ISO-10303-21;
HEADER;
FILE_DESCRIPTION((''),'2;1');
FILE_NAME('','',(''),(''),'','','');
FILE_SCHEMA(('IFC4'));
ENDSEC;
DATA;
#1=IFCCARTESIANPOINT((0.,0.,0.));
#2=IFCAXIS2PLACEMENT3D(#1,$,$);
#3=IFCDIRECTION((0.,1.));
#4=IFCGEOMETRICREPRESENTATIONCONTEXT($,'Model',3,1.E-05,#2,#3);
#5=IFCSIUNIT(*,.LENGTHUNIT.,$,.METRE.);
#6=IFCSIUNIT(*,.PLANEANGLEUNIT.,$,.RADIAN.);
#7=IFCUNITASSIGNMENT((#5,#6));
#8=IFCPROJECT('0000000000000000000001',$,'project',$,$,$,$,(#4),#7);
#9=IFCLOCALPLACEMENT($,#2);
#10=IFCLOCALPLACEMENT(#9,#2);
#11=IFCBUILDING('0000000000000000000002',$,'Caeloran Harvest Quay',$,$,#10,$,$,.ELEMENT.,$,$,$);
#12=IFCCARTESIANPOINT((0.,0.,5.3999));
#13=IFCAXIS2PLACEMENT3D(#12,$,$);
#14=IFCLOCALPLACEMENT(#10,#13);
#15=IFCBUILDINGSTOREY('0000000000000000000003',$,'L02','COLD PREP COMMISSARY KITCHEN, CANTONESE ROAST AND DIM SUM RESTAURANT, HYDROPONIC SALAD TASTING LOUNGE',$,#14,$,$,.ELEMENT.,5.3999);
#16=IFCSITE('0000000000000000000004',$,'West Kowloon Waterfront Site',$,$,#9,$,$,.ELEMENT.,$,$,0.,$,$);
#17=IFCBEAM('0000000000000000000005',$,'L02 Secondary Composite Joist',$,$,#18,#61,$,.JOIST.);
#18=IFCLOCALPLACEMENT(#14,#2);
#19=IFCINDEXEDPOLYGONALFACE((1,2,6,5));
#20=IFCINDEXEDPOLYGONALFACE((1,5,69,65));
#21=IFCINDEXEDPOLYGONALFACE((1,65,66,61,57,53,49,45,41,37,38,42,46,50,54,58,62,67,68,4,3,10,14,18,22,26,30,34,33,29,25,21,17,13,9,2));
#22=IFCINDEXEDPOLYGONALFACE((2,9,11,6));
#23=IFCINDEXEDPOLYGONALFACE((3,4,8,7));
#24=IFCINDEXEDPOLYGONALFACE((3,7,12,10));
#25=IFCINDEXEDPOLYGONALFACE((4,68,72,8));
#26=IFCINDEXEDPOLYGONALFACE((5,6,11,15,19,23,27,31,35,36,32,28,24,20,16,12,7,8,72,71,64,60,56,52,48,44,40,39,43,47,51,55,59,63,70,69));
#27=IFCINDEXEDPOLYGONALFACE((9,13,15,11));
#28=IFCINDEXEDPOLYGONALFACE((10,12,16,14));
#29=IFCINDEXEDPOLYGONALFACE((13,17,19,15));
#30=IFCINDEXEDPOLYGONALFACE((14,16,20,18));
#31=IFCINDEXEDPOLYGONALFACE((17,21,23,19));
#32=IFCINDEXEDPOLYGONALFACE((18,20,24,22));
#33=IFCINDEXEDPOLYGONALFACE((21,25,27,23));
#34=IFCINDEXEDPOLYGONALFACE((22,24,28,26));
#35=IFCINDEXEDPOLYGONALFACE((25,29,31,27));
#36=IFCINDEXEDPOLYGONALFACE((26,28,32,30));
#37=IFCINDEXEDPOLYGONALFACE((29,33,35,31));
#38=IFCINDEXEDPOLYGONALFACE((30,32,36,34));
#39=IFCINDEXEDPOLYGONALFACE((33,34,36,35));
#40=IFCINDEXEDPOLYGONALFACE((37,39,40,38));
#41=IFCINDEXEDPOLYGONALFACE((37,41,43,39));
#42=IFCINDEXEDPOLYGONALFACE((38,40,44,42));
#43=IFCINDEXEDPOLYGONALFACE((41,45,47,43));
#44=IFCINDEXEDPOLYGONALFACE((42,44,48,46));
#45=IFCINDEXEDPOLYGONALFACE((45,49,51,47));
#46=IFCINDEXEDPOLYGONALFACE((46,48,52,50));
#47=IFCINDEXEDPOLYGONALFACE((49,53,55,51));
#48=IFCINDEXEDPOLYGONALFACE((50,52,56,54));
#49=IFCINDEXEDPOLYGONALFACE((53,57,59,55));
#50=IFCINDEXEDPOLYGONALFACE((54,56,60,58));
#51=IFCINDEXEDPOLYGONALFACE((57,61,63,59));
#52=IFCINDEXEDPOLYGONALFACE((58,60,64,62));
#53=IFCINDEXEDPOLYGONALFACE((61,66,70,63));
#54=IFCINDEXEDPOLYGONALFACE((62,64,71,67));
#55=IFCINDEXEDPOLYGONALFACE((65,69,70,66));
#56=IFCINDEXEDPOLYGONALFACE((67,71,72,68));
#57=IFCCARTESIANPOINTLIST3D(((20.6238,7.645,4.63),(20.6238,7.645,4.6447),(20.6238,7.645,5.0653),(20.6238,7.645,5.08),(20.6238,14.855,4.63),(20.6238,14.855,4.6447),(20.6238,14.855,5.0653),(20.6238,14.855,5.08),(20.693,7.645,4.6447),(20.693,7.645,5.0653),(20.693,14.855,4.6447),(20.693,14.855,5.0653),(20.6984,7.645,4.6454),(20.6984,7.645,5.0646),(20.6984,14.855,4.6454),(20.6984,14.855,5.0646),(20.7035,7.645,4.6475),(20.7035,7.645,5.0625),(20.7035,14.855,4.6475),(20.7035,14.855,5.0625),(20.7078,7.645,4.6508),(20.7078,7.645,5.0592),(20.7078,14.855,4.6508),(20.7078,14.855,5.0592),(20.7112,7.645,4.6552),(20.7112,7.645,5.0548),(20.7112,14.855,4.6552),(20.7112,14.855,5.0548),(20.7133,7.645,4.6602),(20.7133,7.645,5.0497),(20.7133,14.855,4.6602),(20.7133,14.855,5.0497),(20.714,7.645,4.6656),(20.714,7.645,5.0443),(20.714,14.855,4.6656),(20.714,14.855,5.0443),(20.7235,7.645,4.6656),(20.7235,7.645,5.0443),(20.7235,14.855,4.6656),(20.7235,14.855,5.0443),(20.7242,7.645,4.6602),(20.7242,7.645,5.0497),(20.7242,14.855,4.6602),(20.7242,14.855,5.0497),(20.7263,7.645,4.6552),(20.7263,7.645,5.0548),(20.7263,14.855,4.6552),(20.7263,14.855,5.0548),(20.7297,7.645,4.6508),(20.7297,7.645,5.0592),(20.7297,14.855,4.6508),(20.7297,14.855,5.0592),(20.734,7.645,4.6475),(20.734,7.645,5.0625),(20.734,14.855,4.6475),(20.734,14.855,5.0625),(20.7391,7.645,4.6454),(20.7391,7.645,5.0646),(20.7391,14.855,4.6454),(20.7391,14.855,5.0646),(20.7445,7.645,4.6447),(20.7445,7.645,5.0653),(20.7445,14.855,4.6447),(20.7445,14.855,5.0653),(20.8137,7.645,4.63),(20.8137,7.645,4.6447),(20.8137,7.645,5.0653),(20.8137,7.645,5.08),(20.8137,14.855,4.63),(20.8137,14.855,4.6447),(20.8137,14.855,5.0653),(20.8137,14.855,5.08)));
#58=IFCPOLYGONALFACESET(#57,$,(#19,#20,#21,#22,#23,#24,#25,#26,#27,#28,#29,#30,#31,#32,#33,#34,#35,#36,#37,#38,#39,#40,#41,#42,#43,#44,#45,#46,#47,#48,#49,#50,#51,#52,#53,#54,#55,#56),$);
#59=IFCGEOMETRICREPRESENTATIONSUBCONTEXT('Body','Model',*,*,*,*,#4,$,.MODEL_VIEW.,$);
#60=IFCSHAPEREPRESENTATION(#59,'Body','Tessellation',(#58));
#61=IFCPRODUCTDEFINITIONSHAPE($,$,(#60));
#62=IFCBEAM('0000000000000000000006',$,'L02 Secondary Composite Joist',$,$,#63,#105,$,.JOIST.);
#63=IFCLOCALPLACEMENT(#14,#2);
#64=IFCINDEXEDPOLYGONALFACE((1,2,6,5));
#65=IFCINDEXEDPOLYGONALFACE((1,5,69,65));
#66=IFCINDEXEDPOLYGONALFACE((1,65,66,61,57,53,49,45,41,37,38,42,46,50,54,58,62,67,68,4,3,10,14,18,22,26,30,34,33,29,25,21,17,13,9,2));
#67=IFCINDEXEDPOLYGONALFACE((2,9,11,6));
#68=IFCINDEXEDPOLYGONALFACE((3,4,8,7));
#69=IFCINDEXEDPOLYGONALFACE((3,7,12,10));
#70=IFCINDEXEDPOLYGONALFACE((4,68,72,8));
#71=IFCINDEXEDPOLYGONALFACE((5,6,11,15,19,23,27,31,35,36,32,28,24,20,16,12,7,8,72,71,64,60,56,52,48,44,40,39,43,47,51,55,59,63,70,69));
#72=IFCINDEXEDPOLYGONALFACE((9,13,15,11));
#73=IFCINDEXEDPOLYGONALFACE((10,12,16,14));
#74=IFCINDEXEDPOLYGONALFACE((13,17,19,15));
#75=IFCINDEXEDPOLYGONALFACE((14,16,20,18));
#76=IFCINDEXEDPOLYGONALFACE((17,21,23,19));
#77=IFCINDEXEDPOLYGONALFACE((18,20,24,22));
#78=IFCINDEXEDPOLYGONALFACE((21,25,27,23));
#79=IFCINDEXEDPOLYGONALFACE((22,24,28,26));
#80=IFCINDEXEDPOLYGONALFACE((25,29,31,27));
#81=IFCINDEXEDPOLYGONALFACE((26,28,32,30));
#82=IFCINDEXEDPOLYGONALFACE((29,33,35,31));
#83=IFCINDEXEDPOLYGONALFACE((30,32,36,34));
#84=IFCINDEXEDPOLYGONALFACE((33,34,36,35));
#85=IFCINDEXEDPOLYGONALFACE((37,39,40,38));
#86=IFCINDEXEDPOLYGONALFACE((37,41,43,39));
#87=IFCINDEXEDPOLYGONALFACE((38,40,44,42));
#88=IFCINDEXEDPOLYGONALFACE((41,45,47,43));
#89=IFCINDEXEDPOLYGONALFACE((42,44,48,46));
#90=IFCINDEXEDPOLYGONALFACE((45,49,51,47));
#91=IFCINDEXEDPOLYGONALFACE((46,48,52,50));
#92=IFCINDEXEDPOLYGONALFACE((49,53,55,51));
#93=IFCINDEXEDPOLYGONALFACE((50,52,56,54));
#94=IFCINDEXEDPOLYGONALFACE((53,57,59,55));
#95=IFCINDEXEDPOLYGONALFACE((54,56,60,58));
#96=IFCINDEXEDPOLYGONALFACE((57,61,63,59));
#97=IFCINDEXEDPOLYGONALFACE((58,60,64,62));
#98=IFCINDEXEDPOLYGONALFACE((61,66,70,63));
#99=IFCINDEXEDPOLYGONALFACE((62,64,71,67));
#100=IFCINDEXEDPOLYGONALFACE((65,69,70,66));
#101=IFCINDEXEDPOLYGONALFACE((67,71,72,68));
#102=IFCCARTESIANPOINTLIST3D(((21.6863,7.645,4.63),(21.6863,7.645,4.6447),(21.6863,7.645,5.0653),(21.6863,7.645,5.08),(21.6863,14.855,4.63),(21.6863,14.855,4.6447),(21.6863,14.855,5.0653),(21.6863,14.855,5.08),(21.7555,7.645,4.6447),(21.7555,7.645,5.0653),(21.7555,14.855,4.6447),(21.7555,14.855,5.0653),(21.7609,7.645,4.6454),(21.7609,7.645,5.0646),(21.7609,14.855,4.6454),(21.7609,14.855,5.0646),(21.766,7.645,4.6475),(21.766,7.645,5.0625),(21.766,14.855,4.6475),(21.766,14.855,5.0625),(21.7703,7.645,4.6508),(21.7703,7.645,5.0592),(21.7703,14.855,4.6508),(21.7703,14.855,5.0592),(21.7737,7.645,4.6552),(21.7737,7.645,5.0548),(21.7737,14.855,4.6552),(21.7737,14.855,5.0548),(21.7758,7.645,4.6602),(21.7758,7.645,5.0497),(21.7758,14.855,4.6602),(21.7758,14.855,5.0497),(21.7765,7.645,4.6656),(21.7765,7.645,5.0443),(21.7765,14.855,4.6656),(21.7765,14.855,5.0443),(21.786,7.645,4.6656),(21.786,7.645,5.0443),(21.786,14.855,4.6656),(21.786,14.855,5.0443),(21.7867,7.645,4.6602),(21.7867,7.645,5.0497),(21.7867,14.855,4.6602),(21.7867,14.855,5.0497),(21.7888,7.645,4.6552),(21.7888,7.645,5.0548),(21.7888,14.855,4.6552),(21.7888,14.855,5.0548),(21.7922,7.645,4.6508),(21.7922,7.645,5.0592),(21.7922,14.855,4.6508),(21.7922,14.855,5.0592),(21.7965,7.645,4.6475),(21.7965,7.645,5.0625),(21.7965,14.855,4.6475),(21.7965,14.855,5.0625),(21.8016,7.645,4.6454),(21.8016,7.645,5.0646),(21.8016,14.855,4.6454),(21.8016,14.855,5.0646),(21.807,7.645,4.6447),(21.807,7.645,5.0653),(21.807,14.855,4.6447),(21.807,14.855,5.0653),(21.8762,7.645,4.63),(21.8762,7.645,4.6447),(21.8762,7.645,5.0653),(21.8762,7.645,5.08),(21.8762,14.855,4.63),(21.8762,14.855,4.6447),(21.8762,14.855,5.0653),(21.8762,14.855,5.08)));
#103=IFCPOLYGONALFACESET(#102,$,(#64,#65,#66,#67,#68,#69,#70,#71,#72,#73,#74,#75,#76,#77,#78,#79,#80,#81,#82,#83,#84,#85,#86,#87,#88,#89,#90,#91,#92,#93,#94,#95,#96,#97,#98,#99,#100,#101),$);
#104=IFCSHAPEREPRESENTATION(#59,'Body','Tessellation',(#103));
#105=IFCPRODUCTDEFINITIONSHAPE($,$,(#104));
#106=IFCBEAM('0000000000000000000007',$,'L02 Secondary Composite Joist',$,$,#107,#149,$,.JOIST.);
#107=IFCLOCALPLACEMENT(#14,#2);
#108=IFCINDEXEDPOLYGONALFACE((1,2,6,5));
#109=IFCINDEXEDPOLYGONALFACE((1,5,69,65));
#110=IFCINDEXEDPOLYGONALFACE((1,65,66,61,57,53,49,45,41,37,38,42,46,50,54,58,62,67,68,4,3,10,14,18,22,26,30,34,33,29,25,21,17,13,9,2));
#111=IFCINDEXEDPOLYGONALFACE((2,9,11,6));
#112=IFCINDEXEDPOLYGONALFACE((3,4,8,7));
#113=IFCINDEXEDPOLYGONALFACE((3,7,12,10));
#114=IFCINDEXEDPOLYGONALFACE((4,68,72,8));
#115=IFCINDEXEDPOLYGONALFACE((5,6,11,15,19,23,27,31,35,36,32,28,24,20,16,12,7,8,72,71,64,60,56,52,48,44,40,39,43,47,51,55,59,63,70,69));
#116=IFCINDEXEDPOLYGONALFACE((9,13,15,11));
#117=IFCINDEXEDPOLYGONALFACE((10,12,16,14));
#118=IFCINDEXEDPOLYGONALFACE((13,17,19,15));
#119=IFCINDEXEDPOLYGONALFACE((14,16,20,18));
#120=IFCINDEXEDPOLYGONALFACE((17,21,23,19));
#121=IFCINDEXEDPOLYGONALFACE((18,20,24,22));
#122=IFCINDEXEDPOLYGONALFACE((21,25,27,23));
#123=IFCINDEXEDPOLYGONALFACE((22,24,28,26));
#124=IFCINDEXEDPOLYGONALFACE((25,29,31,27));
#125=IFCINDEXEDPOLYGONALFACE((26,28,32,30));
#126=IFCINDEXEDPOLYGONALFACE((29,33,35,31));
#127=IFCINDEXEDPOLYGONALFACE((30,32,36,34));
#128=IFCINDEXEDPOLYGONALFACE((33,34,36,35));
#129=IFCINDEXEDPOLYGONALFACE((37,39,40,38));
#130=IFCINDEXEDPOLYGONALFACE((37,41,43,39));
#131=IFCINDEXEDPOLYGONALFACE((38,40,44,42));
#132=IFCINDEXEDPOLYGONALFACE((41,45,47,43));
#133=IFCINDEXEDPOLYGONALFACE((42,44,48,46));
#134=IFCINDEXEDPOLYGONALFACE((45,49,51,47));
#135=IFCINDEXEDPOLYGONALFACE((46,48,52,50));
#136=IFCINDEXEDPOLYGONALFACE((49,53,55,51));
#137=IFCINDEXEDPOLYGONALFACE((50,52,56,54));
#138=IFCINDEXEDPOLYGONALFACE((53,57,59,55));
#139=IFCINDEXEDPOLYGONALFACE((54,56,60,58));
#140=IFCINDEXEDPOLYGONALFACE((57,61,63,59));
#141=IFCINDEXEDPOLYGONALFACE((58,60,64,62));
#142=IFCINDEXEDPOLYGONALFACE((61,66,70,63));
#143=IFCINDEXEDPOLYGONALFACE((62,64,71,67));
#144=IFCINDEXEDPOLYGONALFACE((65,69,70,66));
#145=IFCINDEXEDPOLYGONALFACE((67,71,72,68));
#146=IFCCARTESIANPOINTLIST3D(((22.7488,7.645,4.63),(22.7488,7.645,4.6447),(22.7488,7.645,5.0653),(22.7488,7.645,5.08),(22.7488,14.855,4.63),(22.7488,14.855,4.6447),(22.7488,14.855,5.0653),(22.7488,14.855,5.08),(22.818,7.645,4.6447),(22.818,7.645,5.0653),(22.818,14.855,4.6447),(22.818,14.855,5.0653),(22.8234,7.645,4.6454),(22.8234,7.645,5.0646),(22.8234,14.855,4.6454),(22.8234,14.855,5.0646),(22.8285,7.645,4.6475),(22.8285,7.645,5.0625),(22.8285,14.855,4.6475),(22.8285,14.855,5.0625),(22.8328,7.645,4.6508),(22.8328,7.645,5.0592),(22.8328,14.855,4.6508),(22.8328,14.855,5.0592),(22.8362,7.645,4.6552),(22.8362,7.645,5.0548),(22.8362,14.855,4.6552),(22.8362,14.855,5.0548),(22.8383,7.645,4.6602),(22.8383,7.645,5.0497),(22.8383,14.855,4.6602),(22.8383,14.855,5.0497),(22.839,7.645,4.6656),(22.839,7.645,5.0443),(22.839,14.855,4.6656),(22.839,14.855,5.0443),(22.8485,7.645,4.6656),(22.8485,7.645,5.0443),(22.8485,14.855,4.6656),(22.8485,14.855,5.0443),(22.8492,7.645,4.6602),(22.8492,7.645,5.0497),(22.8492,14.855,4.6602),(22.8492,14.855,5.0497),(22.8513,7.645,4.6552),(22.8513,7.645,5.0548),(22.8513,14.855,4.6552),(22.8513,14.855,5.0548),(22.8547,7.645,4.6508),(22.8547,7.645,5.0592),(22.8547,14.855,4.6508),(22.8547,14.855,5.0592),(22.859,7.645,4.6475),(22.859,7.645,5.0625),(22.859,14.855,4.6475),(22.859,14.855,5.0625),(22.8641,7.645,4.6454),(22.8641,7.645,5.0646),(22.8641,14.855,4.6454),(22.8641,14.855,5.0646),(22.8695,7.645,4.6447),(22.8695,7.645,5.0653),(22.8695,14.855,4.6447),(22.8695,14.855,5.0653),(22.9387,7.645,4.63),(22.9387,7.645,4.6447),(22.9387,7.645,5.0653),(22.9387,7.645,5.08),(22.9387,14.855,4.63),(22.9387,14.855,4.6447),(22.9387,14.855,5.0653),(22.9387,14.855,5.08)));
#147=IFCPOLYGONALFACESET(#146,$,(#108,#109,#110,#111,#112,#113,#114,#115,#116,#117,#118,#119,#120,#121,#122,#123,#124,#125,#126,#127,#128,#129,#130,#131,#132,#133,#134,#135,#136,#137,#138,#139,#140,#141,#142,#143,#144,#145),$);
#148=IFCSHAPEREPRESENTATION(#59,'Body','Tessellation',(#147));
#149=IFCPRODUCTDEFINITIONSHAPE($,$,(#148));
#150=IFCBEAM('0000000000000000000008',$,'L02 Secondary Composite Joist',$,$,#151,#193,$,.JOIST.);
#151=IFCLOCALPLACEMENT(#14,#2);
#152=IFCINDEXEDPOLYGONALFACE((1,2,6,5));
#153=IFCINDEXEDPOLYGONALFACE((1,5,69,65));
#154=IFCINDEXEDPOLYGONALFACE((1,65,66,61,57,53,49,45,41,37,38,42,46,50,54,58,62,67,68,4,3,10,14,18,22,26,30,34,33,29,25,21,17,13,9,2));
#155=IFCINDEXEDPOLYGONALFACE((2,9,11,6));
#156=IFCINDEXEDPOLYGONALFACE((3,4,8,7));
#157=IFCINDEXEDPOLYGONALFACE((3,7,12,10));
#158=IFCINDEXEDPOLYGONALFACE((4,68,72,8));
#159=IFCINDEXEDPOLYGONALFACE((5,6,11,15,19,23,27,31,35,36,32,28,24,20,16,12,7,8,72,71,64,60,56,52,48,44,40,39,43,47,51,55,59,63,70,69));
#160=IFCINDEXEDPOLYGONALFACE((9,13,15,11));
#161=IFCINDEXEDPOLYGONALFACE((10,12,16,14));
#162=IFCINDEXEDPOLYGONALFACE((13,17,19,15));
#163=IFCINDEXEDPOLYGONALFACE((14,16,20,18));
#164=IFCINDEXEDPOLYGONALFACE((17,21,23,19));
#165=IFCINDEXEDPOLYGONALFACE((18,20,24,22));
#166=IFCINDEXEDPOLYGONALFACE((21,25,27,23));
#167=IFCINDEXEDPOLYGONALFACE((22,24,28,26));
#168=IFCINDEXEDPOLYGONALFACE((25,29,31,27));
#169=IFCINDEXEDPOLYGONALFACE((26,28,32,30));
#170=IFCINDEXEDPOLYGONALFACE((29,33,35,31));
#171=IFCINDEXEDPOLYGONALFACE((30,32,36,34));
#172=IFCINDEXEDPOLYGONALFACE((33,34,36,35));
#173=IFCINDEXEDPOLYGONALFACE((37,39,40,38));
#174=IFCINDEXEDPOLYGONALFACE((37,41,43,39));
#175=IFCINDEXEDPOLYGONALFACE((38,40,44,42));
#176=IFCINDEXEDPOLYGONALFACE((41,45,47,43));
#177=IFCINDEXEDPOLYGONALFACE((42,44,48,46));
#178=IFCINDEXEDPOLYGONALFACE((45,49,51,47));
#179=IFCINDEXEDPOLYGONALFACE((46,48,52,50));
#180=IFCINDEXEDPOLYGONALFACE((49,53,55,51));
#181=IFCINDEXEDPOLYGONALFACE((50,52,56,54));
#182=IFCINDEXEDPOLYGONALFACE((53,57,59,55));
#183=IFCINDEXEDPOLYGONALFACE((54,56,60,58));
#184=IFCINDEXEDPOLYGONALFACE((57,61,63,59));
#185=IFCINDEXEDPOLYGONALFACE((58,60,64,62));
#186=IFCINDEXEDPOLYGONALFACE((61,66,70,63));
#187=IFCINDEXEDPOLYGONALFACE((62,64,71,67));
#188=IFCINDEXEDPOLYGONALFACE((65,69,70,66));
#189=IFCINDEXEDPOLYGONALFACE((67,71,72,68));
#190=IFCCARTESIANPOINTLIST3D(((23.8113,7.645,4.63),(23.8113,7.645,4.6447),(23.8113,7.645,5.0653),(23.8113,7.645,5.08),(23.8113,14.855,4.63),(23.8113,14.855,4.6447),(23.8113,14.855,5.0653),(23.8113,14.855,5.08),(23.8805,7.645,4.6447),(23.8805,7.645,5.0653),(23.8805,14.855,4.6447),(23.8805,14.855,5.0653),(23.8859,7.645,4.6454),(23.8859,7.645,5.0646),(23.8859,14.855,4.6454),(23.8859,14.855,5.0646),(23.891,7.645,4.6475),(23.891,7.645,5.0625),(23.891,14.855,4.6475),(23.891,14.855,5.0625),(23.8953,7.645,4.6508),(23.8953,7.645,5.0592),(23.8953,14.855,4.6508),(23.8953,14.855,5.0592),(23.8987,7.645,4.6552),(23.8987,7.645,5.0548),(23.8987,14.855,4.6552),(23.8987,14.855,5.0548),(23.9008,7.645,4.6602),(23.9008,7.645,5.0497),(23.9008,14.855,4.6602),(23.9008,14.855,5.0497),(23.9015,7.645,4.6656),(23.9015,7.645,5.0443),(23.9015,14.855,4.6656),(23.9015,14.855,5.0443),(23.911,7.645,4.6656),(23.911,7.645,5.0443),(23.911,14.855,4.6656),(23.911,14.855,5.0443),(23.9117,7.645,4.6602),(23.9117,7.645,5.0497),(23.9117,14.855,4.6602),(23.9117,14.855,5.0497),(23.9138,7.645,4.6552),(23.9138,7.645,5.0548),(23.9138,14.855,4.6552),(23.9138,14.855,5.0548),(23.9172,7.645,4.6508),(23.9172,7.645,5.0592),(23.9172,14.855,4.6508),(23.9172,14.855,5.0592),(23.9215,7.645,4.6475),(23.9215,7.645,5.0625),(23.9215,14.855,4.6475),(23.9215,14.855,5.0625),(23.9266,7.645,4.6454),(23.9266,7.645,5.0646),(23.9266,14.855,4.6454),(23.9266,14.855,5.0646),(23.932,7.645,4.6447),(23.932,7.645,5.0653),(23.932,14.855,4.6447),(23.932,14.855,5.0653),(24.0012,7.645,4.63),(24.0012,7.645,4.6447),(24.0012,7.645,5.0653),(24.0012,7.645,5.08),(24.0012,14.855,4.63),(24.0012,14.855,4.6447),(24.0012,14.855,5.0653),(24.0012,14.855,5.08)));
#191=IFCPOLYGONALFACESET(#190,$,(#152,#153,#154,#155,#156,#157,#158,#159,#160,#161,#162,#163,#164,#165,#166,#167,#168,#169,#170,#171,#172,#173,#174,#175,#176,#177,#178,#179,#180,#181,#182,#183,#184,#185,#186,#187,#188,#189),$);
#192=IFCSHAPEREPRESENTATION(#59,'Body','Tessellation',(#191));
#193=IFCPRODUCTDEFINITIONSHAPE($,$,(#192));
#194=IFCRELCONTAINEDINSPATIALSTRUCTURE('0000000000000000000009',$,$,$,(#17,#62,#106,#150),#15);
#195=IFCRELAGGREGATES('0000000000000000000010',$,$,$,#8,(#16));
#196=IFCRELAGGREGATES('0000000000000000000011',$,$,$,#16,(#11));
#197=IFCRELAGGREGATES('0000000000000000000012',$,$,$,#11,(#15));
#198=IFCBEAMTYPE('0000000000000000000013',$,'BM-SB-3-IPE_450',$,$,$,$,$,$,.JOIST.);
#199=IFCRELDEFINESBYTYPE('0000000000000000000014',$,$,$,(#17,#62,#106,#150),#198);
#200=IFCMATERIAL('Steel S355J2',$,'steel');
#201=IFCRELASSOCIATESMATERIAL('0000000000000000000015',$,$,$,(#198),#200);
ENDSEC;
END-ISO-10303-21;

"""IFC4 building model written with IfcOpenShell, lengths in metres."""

from ifc_helpers import new_model, si_unit, direction, frame, origin, origin_2d, place, context, subcontext, project, spatial, i_section, extrude, material, material_profile, profile_set, type_object, element, save


model = new_model("IFC4")

# Units and contexts
model_context = context("Model", 3, precision=1e-05, world=origin(), true_north=direction((0.0, 1.0)))
body_context = subcontext(model_context, "Body", "Model", "MODEL_VIEW")
ifc_project = project(units=[si_unit("LENGTHUNIT", "METRE"), si_unit("PLANEANGLEUNIT", "RADIAN")], contexts=[model_context])

# Site, building, storey
site_placement = place(None, origin())
site = spatial("IfcSite", under=ifc_project, at=site_placement, Name="West Kowloon Waterfront Site", CompositionType="ELEMENT", RefElevation=0.0)
building_placement = place(site_placement, origin())
building = spatial("IfcBuilding", under=site, at=building_placement, Name="Caeloran Harvest Quay", CompositionType="ELEMENT")
storey_placement = place(building_placement, frame((0.0, 0.0, 5.3999)))
storey = spatial("IfcBuildingStorey", under=building, at=storey_placement, Name="L02", Description="COLD PREP COMMISSARY KITCHEN, CANTONESE ROAST AND DIM SUM RESTAURANT, HYDROPONIC SALAD TASTING LOUNGE", CompositionType="ELEMENT", Elevation=5.3999)

# Beams
ifc_material_1 = material(Name="Steel S355J2", Category="steel")
ifc_material_profile_1 = material_profile(ifc_material_1, i_section(OverallWidth=0.1899, OverallDepth=0.45, WebThickness=0.0095, FlangeThickness=0.0146, FilletRadius=0.021, at=origin_2d()), Name="IPE 450")
ifc_profile_set_1 = profile_set([ifc_material_profile_1], Name="Steel S355J2")
beam_type_1 = type_object("IfcBeamType", Name="BM-SB-3-IPE_450", PredefinedType="JOIST", material=ifc_profile_set_1)
for number, where, z_axis, x_axis, name in (
    (1, (20.7188, 7.645, 4.855), (0.0, 1.0, 0.0), (-1.0, 0.0, 0.0), "L02 Secondary Composite Joist"),
    (2, (21.7812, 7.645, 4.855), (0.0, 1.0, 0.0), (-1.0, 0.0, 0.0), "L02 Secondary Composite Joist"),
    (3, (22.8438, 7.645, 4.855), (0.0, 1.0, 0.0), (-1.0, 0.0, 0.0), "L02 Secondary Composite Joist"),
    (4, (23.9062, 7.645, 4.855), (0.0, 1.0, 0.0), (-1.0, 0.0, 0.0), "L02 Secondary Composite Joist"),
):
    element("IfcBeam", number, at=place(storey_placement, frame(where, z_axis=z_axis, x_axis=x_axis)), inside=storey, type_object=beam_type_1, Name=name, PredefinedType="JOIST", context=body_context, shape_type="SweptSolid", body=[
        extrude(i_section(OverallWidth=0.1899, OverallDepth=0.45, WebThickness=0.0095, FlangeThickness=0.0146, FilletRadius=0.021, at=origin_2d()), origin(), (0.0, 0.0, 1.0), 7.21),
    ])

save(model, "model.ifc")
